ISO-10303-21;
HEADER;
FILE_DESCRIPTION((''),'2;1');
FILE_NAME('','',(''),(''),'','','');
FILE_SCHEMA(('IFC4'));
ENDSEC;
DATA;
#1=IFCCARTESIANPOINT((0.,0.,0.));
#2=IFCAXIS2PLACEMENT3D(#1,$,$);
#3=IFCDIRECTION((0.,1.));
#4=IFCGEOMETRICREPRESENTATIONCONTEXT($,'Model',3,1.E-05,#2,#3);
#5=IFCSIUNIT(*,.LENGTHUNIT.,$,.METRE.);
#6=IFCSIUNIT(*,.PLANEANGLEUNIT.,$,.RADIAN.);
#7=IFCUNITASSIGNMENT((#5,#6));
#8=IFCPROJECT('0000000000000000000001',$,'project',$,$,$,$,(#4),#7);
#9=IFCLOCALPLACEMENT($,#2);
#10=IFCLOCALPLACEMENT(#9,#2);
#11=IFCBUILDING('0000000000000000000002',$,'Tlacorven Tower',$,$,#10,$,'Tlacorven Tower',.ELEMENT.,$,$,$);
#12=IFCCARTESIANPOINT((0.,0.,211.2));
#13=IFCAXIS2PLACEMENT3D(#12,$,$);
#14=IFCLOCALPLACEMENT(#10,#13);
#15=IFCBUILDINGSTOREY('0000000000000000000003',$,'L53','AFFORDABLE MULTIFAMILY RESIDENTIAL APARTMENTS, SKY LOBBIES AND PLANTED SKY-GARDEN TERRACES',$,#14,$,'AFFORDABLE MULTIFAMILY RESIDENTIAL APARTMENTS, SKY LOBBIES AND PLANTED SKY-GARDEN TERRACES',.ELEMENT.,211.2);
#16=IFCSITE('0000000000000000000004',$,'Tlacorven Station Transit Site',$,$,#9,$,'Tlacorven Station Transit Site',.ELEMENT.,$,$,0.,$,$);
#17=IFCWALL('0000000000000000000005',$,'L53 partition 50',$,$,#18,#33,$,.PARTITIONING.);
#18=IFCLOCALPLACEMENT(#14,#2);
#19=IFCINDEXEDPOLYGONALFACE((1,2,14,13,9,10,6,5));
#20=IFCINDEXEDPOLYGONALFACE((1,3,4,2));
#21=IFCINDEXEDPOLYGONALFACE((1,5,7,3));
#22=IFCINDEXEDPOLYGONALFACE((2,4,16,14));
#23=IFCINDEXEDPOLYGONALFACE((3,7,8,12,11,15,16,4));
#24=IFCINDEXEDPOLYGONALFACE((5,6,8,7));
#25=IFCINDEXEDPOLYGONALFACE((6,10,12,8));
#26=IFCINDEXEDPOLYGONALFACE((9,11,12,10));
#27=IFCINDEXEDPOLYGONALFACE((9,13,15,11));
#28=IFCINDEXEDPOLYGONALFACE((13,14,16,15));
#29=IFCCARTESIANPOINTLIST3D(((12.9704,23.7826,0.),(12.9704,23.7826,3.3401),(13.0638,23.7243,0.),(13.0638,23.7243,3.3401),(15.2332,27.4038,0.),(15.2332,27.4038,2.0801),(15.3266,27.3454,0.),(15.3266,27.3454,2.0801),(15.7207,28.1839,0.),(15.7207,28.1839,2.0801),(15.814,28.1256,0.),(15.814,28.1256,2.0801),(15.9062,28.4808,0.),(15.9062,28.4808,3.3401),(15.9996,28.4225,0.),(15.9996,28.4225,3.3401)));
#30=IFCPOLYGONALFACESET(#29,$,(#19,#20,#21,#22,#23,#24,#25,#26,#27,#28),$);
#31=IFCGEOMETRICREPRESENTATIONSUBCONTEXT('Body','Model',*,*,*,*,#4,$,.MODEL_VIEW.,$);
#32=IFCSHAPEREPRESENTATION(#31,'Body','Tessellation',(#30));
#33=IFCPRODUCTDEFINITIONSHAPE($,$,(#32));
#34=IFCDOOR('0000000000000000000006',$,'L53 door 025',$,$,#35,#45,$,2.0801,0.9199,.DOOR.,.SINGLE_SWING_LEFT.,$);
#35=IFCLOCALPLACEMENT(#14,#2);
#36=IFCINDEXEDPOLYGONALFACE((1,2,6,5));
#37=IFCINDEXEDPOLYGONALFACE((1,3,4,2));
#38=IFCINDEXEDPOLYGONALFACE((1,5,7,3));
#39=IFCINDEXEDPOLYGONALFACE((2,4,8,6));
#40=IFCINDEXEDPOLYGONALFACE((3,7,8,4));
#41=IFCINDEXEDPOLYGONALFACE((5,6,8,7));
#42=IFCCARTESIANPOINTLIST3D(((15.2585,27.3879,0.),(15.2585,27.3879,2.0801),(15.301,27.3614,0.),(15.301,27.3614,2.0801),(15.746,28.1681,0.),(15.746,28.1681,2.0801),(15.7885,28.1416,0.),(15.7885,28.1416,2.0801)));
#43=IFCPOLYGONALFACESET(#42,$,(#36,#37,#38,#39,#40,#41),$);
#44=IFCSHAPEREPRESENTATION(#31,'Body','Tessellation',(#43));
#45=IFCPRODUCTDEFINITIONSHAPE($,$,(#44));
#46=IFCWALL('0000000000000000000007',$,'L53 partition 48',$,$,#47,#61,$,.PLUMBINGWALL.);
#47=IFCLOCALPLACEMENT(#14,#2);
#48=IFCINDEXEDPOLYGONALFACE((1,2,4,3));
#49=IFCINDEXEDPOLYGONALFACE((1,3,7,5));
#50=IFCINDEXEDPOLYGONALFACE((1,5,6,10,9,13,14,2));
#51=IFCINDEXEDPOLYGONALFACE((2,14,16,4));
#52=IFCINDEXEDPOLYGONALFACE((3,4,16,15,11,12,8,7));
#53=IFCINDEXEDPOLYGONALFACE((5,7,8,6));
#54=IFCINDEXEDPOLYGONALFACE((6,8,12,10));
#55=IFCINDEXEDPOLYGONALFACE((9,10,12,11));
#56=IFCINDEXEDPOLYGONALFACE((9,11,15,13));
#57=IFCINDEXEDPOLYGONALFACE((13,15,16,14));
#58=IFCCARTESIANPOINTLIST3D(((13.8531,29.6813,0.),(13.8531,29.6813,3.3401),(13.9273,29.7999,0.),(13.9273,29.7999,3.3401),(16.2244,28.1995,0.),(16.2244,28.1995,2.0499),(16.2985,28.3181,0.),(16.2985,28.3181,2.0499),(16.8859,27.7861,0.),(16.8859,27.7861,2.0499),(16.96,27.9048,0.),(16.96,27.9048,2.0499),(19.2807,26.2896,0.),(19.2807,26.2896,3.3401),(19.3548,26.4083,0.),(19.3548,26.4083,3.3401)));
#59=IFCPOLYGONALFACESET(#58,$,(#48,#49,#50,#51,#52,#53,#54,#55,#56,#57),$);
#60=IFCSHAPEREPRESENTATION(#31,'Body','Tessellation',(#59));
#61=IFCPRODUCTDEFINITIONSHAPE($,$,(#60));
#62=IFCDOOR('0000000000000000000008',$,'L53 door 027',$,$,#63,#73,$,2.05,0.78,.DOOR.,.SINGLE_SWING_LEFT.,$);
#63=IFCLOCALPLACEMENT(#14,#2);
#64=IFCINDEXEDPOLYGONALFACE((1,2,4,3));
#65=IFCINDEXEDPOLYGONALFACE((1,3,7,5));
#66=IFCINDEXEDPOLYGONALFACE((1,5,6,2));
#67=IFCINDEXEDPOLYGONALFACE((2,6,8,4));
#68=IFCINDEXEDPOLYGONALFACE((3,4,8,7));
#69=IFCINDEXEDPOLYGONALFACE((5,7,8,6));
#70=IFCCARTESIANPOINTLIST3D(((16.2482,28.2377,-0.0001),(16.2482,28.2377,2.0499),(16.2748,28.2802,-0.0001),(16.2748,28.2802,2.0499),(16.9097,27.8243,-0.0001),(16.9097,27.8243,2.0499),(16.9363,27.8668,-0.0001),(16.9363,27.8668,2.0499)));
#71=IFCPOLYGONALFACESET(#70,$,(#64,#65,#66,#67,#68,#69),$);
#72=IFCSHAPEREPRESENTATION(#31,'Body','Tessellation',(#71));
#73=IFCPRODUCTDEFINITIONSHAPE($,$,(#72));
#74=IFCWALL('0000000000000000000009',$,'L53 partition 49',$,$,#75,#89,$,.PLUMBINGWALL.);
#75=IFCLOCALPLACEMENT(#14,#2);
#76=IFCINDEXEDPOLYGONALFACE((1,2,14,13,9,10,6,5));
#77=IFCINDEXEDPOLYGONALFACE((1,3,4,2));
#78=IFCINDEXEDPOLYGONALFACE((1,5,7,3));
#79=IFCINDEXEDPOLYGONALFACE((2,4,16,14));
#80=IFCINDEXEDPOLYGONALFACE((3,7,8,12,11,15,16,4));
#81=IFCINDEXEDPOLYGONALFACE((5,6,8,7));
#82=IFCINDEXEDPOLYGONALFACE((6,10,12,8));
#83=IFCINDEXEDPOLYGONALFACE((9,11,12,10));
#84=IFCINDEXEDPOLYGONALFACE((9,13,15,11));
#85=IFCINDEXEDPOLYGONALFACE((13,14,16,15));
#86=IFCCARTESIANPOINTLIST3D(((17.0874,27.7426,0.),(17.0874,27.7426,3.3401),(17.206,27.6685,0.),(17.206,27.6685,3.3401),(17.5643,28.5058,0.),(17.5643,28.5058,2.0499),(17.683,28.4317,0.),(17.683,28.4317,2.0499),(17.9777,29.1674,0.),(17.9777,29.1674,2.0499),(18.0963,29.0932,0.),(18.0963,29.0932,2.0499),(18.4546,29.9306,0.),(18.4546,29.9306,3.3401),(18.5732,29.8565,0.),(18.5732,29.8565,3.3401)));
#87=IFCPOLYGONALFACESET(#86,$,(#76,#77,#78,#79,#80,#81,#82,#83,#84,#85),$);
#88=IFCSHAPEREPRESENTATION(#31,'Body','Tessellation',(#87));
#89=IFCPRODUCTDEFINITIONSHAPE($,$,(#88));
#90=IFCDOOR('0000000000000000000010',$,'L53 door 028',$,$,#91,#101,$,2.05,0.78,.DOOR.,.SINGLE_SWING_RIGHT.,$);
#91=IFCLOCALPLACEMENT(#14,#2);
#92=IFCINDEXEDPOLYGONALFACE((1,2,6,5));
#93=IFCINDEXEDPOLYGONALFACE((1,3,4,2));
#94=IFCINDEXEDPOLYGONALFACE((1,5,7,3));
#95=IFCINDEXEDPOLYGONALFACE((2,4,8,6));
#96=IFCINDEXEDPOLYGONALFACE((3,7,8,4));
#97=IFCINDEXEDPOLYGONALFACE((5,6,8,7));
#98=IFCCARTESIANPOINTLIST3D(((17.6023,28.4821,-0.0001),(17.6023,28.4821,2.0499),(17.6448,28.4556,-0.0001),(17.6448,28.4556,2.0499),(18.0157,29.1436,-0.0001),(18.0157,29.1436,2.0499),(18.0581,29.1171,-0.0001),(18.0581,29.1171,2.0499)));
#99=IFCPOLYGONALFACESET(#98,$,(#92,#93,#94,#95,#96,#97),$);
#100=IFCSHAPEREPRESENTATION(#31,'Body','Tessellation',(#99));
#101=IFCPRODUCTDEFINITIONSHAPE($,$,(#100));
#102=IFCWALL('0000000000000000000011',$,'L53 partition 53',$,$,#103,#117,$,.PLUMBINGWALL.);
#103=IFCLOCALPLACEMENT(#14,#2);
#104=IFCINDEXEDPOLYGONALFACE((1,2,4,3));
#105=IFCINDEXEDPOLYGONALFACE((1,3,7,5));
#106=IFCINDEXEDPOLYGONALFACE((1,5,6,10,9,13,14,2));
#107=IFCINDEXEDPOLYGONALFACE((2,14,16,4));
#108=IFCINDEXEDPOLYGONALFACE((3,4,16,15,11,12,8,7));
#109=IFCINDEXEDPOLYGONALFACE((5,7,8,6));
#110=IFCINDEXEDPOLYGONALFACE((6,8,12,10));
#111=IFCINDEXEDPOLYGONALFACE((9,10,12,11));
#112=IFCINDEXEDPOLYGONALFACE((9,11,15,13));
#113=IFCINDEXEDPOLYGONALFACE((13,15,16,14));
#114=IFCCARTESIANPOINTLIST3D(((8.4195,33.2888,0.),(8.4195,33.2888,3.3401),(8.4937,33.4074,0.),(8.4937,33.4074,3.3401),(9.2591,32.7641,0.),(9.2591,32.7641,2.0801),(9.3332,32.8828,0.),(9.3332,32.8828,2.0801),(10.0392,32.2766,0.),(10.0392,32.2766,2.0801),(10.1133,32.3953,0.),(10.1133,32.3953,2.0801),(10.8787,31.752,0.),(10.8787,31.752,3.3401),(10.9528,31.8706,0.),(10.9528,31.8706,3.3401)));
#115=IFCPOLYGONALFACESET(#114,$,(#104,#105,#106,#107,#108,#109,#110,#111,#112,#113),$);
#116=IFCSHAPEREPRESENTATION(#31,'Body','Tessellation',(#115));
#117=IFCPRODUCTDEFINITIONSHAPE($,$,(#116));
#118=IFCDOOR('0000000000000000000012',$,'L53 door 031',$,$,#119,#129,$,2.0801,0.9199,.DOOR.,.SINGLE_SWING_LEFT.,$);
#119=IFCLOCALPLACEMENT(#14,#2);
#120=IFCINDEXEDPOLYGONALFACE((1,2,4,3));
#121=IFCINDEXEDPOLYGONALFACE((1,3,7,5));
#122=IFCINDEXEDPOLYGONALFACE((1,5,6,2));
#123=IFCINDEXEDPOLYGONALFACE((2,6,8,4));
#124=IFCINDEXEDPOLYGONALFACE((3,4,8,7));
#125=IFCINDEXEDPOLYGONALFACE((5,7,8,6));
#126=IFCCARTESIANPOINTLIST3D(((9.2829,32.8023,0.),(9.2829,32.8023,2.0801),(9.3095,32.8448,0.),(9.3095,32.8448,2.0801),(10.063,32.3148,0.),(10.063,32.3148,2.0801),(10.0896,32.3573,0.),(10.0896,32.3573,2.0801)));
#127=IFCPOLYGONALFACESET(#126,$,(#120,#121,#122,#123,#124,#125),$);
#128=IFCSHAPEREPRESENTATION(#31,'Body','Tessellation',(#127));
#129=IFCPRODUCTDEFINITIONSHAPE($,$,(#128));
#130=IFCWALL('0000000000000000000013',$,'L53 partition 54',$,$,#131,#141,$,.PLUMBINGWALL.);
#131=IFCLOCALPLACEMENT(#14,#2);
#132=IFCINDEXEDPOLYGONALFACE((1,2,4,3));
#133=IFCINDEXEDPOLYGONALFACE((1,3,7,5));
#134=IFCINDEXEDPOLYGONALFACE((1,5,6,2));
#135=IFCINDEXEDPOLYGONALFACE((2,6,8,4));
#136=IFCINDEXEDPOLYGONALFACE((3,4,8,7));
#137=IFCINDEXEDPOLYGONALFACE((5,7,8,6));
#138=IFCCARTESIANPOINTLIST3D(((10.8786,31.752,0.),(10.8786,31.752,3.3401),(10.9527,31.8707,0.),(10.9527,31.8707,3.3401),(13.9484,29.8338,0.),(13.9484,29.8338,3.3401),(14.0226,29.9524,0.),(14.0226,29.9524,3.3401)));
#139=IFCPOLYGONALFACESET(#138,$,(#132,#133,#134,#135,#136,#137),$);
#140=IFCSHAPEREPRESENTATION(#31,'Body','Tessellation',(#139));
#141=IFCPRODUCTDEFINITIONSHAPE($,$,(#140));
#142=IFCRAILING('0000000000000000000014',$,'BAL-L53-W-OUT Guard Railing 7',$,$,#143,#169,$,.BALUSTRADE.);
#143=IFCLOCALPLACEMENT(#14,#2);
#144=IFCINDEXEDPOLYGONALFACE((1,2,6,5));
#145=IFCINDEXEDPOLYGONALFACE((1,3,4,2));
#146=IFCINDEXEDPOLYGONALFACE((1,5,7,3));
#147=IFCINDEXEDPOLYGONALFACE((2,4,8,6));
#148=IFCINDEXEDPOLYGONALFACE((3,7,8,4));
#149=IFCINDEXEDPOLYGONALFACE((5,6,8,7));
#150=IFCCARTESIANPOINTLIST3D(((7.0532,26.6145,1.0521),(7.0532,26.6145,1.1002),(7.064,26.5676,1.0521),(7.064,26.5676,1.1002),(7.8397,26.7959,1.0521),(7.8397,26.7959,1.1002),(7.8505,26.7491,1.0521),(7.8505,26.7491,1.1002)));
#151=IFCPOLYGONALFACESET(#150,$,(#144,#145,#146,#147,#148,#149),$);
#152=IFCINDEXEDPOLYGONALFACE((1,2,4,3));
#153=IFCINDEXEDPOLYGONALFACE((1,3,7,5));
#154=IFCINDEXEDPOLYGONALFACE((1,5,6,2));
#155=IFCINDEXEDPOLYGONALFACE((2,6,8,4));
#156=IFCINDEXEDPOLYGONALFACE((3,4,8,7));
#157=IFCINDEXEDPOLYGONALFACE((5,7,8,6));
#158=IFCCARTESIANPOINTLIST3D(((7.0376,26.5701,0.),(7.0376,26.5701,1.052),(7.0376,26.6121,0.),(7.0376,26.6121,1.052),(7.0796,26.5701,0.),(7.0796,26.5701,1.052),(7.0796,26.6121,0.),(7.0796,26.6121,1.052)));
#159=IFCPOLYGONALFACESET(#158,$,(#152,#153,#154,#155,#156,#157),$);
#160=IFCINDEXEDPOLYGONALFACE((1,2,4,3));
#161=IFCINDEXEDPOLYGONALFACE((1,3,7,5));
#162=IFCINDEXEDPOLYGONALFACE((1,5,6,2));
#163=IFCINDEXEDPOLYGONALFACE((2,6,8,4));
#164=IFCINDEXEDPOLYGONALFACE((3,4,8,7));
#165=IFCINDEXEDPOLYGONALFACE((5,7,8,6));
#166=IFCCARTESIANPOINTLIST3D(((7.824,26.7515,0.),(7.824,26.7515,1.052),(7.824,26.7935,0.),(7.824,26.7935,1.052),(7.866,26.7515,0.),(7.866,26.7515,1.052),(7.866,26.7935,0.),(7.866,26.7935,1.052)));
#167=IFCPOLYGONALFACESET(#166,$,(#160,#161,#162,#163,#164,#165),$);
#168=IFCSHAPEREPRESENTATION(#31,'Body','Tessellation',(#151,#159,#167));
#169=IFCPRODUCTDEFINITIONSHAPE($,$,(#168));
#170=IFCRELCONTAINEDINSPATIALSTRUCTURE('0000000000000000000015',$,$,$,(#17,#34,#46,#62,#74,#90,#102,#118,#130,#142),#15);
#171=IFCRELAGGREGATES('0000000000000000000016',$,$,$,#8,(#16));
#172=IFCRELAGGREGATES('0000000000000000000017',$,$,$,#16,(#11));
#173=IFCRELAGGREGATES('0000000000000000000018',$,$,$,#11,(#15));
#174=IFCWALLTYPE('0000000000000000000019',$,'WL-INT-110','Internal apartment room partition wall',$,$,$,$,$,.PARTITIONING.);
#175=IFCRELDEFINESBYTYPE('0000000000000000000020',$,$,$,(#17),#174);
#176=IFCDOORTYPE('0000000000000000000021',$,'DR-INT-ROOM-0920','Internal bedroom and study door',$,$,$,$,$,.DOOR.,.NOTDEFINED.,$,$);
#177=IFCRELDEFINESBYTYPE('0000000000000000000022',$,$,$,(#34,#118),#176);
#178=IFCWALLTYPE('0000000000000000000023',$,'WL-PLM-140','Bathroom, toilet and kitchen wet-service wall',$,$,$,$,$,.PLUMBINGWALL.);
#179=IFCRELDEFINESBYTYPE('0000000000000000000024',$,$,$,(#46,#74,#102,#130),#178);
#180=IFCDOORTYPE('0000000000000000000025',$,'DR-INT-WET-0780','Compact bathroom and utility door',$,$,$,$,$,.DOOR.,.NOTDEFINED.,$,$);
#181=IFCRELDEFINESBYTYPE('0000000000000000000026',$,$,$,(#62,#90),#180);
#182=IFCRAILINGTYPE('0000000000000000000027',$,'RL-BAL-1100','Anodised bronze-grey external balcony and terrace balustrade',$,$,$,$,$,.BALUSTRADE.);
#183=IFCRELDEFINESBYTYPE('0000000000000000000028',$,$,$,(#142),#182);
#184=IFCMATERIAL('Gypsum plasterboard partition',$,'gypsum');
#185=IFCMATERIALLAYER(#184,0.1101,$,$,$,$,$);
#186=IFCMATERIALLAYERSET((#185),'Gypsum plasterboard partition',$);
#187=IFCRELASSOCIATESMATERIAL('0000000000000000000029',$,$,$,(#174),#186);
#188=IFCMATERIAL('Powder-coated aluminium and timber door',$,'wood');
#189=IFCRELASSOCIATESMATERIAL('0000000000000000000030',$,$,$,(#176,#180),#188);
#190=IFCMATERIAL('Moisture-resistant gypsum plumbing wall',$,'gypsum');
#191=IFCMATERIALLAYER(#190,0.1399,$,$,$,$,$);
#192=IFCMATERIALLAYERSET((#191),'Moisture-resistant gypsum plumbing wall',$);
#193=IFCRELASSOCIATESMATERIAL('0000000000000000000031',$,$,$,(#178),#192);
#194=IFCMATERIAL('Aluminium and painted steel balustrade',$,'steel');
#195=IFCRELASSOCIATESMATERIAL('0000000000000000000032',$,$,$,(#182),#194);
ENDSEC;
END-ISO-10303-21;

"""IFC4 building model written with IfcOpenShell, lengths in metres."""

from ifc_helpers import new_model, si_unit, direction, frame, frame_2d, origin, origin_2d, place, context, subcontext, project, spatial, rectangle, extrude, source, transform, mapped, material, layer, layer_set, type_object, element, fill, save


model = new_model("IFC4")

# Units and contexts
model_context = context("Model", 3, precision=1e-05, world=origin(), true_north=direction((0.0, 1.0)))
body_context = subcontext(model_context, "Body", "Model", "MODEL_VIEW")
ifc_project = project(units=[si_unit("LENGTHUNIT", "METRE"), si_unit("PLANEANGLEUNIT", "RADIAN")], contexts=[model_context])

# Site, building, storey
site_placement = place(None, origin())
site = spatial("IfcSite", under=ifc_project, at=site_placement, Name="Tlacorven Station Transit Site", LongName="Tlacorven Station Transit Site", CompositionType="ELEMENT", RefElevation=0.0)
building_placement = place(site_placement, origin())
building = spatial("IfcBuilding", under=site, at=building_placement, Name="Tlacorven Tower", LongName="Tlacorven Tower", CompositionType="ELEMENT")
storey_placement = place(building_placement, frame((0.0, 0.0, 211.2)))
storey = spatial("IfcBuildingStorey", under=building, at=storey_placement, Name="L53", Description="AFFORDABLE MULTIFAMILY RESIDENTIAL APARTMENTS, SKY LOBBIES AND PLANTED SKY-GARDEN TERRACES", LongName="AFFORDABLE MULTIFAMILY RESIDENTIAL APARTMENTS, SKY LOBBIES AND PLANTED SKY-GARDEN TERRACES", CompositionType="ELEMENT", Elevation=211.2)

# Walls, openings, doors
ifc_material_1 = material(Name="Gypsum plasterboard partition", Category="gypsum")
ifc_layer_1 = layer(ifc_material_1, 0.1101)
ifc_layer_set_1 = layer_set([ifc_layer_1], Name="Gypsum plasterboard partition")
wall_type_1 = type_object("IfcWallType", Name="WL-INT-110", Description="Internal apartment room partition wall", PredefinedType="PARTITIONING", material=ifc_layer_set_1)
wall_1_placement = place(storey_placement, frame((15.9529, 28.4517, 0.0), z_axis=(0.0, 0.0, 1.0), x_axis=(-0.52992, -0.848048, 0.0)))
wall_1 = element("IfcWall", 1, at=wall_1_placement, inside=storey, type_object=wall_type_1, Name="L53 partition 50", PredefinedType="PARTITIONING", context=body_context, shape_type="SweptSolid", body=[
    extrude(rectangle(XDim=5.54, YDim=0.1101, at=frame_2d((2.77, 0.0))), origin(), (0.0, 0.0, 1.0), 3.3401),
])
opening_1_placement = place(wall_1_placement, frame((0.3501, 0.0, 0.0)))
opening_1 = element("IfcOpeningElement", 2, at=opening_1_placement, cuts=wall_1, PredefinedType="OPENING", context=body_context, shape_type="SweptSolid", body=[
    extrude(rectangle(XDim=0.9199, YDim=2.0801, at=frame_2d((0.46, 1.04))), frame((0.0, 0.0649, 0.0), z_axis=(0.0, -1.0, 0.0), x_axis=(1.0, 0.0, 0.0)), (0.0, 0.0, 1.0), 0.1301),
])
ifc_material_2 = material(Name="Powder-coated aluminium and timber door", Category="wood")
door_type_1 = type_object("IfcDoorType", Name="DR-INT-ROOM-0920", Description="Internal bedroom and study door", OperationType="NOTDEFINED", PredefinedType="DOOR", material=ifc_material_2)
shared_shape_1 = source(origin(), body_context, "Body", "SweptSolid", [
    extrude(rectangle(XDim=0.9199, YDim=2.0801, at=frame_2d((0.46, 1.04))), frame((0.0, 0.0249, 0.0), z_axis=(0.0, -1.0, 0.0), x_axis=(1.0, 0.0, 0.0)), (0.0, 0.0, 1.0), 0.05),
])
door_1_placement = place(opening_1_placement, origin())
door_1 = element("IfcDoor", 3, at=door_1_placement, inside=storey, type_object=door_type_1, Name="L53 door 025", OperationType="SINGLE_SWING_LEFT", OverallHeight=2.0801, OverallWidth=0.9199, PredefinedType="DOOR", context=body_context, shape_type="MappedRepresentation", body=[
    mapped(shared_shape_1, transform((0.0, 0.0, 0.0), scale=1.0)),
])
fill(opening_1, door_1)
ifc_material_3 = material(Name="Moisture-resistant gypsum plumbing wall", Category="gypsum")
ifc_layer_2 = layer(ifc_material_3, 0.1399)
ifc_layer_set_2 = layer_set([ifc_layer_2], Name="Moisture-resistant gypsum plumbing wall")
wall_type_2 = type_object("IfcWallType", Name="WL-PLM-140", Description="Bathroom, toilet and kitchen wet-service wall", PredefinedType="PLUMBINGWALL", material=ifc_layer_set_2)
wall_2_placement = place(storey_placement, frame((19.3179, 26.3489, 0.0), z_axis=(0.0, 0.0, 1.0), x_axis=(-0.848039, 0.529934, 0.0)))
wall_2 = element("IfcWall", 4, at=wall_2_placement, inside=storey, type_object=wall_type_2, Name="L53 partition 48", PredefinedType="PLUMBINGWALL", context=body_context, shape_type="SweptSolid", body=[
    extrude(rectangle(XDim=6.4001, YDim=0.1399, at=frame_2d((3.2002, 0.0))), origin(), (0.0, 0.0, 1.0), 3.3401),
])
opening_2_placement = place(wall_2_placement, frame((2.824, 0.0, 0.0)))
opening_2 = element("IfcOpeningElement", 5, at=opening_2_placement, cuts=wall_2, PredefinedType="OPENING", context=body_context, shape_type="SweptSolid", body=[
    extrude(rectangle(XDim=0.78, YDim=2.05, at=frame_2d((0.3901, 1.0249))), frame((0.0, 0.0801, 0.0), z_axis=(0.0, -1.0, 0.0), x_axis=(1.0, 0.0, 0.0)), (0.0, 0.0, 1.0), 0.1599),
])
door_type_2 = type_object("IfcDoorType", Name="DR-INT-WET-0780", Description="Compact bathroom and utility door", OperationType="NOTDEFINED", PredefinedType="DOOR", material=ifc_material_2)
shared_shape_2 = source(origin(), body_context, "Body", "SweptSolid", [
    extrude(rectangle(XDim=0.78, YDim=2.05, at=frame_2d((0.3901, 1.0249))), frame((0.0, 0.0249, 0.0), z_axis=(0.0, -1.0, 0.0), x_axis=(1.0, 0.0, 0.0)), (0.0, 0.0, 1.0), 0.05),
])
door_2_placement = place(opening_2_placement, origin())
door_2 = element("IfcDoor", 6, at=door_2_placement, inside=storey, type_object=door_type_2, Name="L53 door 027", OperationType="SINGLE_SWING_LEFT", OverallHeight=2.05, OverallWidth=0.78, PredefinedType="DOOR", context=body_context, shape_type="MappedRepresentation", body=[
    mapped(shared_shape_2, transform((0.0, 0.0, 0.0), scale=1.0)),
])
fill(opening_2, door_2)
wall_3_placement = place(storey_placement, frame((18.5139, 29.8936, 0.0), z_axis=(0.0, 0.0, 1.0), x_axis=(-0.529914, -0.848051, 0.0)))
wall_3 = element("IfcWall", 7, at=wall_3_placement, inside=storey, type_object=wall_type_2, Name="L53 partition 49", PredefinedType="PLUMBINGWALL", context=body_context, shape_type="SweptSolid", body=[
    extrude(rectangle(XDim=2.5801, YDim=0.1399, at=frame_2d((1.29, 0.0))), origin(), (0.0, 0.0, 1.0), 3.3401),
])
opening_3_placement = place(wall_3_placement, frame((0.8999, 0.0, 0.0)))
opening_3 = element("IfcOpeningElement", 8, at=opening_3_placement, cuts=wall_3, PredefinedType="OPENING", context=body_context, shape_type="SweptSolid", body=[
    extrude(rectangle(XDim=0.78, YDim=2.05, at=frame_2d((0.3901, 1.0249))), frame((0.0, 0.0801, 0.0), z_axis=(0.0, -1.0, 0.0), x_axis=(1.0, 0.0, 0.0)), (0.0, 0.0, 1.0), 0.1599),
])
door_3_placement = place(opening_3_placement, origin())
door_3 = element("IfcDoor", 9, at=door_3_placement, inside=storey, type_object=door_type_2, Name="L53 door 028", OperationType="SINGLE_SWING_RIGHT", OverallHeight=2.05, OverallWidth=0.78, PredefinedType="DOOR", context=body_context, shape_type="MappedRepresentation", body=[
    mapped(shared_shape_2, transform((0.0, 0.0, 0.0), scale=1.0)),
])
fill(opening_3, door_3)
wall_4_placement = place(storey_placement, frame((10.9158, 31.8113, 0.0), z_axis=(0.0, 0.0, 1.0), x_axis=(-0.848022, 0.529961, 0.0)))
wall_4 = element("IfcWall", 10, at=wall_4_placement, inside=storey, type_object=wall_type_2, Name="L53 partition 53", PredefinedType="PLUMBINGWALL", context=body_context, shape_type="SweptSolid", body=[
    extrude(rectangle(XDim=2.8999, YDim=0.1399, at=frame_2d((1.45, 0.0))), origin(), (0.0, 0.0, 1.0), 3.3401),
])
opening_4_placement = place(wall_4_placement, frame((0.99, 0.0, 0.0)))
opening_4 = element("IfcOpeningElement", 11, at=opening_4_placement, cuts=wall_4, PredefinedType="OPENING", context=body_context, shape_type="SweptSolid", body=[
    extrude(rectangle(XDim=0.9199, YDim=2.0801, at=frame_2d((0.46, 1.04))), frame((0.0, 0.0801, 0.0), z_axis=(0.0, -1.0, 0.0), x_axis=(1.0, 0.0, 0.0)), (0.0, 0.0, 1.0), 0.1599),
])
door_4_placement = place(opening_4_placement, origin())
door_4 = element("IfcDoor", 12, at=door_4_placement, inside=storey, type_object=door_type_1, Name="L53 door 031", OperationType="SINGLE_SWING_LEFT", OverallHeight=2.0801, OverallWidth=0.9199, PredefinedType="DOOR", context=body_context, shape_type="MappedRepresentation", body=[
    mapped(shared_shape_1, transform((0.0, 0.0, 0.0), scale=1.0)),
])
fill(opening_4, door_4)

# Wall
wall_5_placement = place(storey_placement, frame((13.9856, 29.8931, 0.0), z_axis=(0.0, 0.0, 1.0), x_axis=(-0.848051, 0.529914, 0.0)))
element("IfcWall", 13, at=wall_5_placement, inside=storey, type_object=wall_type_2, Name="L53 partition 54", PredefinedType="PLUMBINGWALL", context=body_context, shape_type="SweptSolid", body=[
    extrude(rectangle(XDim=3.6199, YDim=0.1399, at=frame_2d((1.8101, 0.0))), origin(), (0.0, 0.0, 1.0), 3.3401),
])

# Railing
ifc_material_4 = material(Name="Aluminium and painted steel balustrade", Category="steel")
railing_type = type_object("IfcRailingType", Name="RL-BAL-1100", Description="Anodised bronze-grey external balcony and terrace balustrade", PredefinedType="BALUSTRADE", material=ifc_material_4)
shared_shape_3 = source(origin(), body_context, "Body", "SweptSolid", [
    extrude(rectangle(XDim=0.0481, YDim=0.0481, at=origin_2d()), frame((0.0, 0.0, 1.0762), z_axis=(0.974412, 0.224771, 0.0), x_axis=(-0.224771, 0.974412, 0.0)), (0.0, 0.0, 1.0), 0.8071),
    extrude(rectangle(XDim=0.042, YDim=0.042, at=origin_2d()), origin(), (0.0, 0.0, 1.0), 1.052),
    extrude(rectangle(XDim=0.042, YDim=0.042, at=origin_2d()), frame((0.7864, 0.1814, 0.0)), (0.0, 0.0, 1.0), 1.052),
])
railing_1_placement = place(storey_placement, frame((7.0586, 26.5911, 0.0)))
element("IfcRailing", 14, at=railing_1_placement, inside=storey, type_object=railing_type, Name="BAL-L53-W-OUT Guard Railing 7", PredefinedType="BALUSTRADE", context=body_context, shape_type="MappedRepresentation", body=[
    mapped(shared_shape_3, transform((0.0, 0.0, 0.0), scale=1.0)),
])

save(model, "model.ifc")
